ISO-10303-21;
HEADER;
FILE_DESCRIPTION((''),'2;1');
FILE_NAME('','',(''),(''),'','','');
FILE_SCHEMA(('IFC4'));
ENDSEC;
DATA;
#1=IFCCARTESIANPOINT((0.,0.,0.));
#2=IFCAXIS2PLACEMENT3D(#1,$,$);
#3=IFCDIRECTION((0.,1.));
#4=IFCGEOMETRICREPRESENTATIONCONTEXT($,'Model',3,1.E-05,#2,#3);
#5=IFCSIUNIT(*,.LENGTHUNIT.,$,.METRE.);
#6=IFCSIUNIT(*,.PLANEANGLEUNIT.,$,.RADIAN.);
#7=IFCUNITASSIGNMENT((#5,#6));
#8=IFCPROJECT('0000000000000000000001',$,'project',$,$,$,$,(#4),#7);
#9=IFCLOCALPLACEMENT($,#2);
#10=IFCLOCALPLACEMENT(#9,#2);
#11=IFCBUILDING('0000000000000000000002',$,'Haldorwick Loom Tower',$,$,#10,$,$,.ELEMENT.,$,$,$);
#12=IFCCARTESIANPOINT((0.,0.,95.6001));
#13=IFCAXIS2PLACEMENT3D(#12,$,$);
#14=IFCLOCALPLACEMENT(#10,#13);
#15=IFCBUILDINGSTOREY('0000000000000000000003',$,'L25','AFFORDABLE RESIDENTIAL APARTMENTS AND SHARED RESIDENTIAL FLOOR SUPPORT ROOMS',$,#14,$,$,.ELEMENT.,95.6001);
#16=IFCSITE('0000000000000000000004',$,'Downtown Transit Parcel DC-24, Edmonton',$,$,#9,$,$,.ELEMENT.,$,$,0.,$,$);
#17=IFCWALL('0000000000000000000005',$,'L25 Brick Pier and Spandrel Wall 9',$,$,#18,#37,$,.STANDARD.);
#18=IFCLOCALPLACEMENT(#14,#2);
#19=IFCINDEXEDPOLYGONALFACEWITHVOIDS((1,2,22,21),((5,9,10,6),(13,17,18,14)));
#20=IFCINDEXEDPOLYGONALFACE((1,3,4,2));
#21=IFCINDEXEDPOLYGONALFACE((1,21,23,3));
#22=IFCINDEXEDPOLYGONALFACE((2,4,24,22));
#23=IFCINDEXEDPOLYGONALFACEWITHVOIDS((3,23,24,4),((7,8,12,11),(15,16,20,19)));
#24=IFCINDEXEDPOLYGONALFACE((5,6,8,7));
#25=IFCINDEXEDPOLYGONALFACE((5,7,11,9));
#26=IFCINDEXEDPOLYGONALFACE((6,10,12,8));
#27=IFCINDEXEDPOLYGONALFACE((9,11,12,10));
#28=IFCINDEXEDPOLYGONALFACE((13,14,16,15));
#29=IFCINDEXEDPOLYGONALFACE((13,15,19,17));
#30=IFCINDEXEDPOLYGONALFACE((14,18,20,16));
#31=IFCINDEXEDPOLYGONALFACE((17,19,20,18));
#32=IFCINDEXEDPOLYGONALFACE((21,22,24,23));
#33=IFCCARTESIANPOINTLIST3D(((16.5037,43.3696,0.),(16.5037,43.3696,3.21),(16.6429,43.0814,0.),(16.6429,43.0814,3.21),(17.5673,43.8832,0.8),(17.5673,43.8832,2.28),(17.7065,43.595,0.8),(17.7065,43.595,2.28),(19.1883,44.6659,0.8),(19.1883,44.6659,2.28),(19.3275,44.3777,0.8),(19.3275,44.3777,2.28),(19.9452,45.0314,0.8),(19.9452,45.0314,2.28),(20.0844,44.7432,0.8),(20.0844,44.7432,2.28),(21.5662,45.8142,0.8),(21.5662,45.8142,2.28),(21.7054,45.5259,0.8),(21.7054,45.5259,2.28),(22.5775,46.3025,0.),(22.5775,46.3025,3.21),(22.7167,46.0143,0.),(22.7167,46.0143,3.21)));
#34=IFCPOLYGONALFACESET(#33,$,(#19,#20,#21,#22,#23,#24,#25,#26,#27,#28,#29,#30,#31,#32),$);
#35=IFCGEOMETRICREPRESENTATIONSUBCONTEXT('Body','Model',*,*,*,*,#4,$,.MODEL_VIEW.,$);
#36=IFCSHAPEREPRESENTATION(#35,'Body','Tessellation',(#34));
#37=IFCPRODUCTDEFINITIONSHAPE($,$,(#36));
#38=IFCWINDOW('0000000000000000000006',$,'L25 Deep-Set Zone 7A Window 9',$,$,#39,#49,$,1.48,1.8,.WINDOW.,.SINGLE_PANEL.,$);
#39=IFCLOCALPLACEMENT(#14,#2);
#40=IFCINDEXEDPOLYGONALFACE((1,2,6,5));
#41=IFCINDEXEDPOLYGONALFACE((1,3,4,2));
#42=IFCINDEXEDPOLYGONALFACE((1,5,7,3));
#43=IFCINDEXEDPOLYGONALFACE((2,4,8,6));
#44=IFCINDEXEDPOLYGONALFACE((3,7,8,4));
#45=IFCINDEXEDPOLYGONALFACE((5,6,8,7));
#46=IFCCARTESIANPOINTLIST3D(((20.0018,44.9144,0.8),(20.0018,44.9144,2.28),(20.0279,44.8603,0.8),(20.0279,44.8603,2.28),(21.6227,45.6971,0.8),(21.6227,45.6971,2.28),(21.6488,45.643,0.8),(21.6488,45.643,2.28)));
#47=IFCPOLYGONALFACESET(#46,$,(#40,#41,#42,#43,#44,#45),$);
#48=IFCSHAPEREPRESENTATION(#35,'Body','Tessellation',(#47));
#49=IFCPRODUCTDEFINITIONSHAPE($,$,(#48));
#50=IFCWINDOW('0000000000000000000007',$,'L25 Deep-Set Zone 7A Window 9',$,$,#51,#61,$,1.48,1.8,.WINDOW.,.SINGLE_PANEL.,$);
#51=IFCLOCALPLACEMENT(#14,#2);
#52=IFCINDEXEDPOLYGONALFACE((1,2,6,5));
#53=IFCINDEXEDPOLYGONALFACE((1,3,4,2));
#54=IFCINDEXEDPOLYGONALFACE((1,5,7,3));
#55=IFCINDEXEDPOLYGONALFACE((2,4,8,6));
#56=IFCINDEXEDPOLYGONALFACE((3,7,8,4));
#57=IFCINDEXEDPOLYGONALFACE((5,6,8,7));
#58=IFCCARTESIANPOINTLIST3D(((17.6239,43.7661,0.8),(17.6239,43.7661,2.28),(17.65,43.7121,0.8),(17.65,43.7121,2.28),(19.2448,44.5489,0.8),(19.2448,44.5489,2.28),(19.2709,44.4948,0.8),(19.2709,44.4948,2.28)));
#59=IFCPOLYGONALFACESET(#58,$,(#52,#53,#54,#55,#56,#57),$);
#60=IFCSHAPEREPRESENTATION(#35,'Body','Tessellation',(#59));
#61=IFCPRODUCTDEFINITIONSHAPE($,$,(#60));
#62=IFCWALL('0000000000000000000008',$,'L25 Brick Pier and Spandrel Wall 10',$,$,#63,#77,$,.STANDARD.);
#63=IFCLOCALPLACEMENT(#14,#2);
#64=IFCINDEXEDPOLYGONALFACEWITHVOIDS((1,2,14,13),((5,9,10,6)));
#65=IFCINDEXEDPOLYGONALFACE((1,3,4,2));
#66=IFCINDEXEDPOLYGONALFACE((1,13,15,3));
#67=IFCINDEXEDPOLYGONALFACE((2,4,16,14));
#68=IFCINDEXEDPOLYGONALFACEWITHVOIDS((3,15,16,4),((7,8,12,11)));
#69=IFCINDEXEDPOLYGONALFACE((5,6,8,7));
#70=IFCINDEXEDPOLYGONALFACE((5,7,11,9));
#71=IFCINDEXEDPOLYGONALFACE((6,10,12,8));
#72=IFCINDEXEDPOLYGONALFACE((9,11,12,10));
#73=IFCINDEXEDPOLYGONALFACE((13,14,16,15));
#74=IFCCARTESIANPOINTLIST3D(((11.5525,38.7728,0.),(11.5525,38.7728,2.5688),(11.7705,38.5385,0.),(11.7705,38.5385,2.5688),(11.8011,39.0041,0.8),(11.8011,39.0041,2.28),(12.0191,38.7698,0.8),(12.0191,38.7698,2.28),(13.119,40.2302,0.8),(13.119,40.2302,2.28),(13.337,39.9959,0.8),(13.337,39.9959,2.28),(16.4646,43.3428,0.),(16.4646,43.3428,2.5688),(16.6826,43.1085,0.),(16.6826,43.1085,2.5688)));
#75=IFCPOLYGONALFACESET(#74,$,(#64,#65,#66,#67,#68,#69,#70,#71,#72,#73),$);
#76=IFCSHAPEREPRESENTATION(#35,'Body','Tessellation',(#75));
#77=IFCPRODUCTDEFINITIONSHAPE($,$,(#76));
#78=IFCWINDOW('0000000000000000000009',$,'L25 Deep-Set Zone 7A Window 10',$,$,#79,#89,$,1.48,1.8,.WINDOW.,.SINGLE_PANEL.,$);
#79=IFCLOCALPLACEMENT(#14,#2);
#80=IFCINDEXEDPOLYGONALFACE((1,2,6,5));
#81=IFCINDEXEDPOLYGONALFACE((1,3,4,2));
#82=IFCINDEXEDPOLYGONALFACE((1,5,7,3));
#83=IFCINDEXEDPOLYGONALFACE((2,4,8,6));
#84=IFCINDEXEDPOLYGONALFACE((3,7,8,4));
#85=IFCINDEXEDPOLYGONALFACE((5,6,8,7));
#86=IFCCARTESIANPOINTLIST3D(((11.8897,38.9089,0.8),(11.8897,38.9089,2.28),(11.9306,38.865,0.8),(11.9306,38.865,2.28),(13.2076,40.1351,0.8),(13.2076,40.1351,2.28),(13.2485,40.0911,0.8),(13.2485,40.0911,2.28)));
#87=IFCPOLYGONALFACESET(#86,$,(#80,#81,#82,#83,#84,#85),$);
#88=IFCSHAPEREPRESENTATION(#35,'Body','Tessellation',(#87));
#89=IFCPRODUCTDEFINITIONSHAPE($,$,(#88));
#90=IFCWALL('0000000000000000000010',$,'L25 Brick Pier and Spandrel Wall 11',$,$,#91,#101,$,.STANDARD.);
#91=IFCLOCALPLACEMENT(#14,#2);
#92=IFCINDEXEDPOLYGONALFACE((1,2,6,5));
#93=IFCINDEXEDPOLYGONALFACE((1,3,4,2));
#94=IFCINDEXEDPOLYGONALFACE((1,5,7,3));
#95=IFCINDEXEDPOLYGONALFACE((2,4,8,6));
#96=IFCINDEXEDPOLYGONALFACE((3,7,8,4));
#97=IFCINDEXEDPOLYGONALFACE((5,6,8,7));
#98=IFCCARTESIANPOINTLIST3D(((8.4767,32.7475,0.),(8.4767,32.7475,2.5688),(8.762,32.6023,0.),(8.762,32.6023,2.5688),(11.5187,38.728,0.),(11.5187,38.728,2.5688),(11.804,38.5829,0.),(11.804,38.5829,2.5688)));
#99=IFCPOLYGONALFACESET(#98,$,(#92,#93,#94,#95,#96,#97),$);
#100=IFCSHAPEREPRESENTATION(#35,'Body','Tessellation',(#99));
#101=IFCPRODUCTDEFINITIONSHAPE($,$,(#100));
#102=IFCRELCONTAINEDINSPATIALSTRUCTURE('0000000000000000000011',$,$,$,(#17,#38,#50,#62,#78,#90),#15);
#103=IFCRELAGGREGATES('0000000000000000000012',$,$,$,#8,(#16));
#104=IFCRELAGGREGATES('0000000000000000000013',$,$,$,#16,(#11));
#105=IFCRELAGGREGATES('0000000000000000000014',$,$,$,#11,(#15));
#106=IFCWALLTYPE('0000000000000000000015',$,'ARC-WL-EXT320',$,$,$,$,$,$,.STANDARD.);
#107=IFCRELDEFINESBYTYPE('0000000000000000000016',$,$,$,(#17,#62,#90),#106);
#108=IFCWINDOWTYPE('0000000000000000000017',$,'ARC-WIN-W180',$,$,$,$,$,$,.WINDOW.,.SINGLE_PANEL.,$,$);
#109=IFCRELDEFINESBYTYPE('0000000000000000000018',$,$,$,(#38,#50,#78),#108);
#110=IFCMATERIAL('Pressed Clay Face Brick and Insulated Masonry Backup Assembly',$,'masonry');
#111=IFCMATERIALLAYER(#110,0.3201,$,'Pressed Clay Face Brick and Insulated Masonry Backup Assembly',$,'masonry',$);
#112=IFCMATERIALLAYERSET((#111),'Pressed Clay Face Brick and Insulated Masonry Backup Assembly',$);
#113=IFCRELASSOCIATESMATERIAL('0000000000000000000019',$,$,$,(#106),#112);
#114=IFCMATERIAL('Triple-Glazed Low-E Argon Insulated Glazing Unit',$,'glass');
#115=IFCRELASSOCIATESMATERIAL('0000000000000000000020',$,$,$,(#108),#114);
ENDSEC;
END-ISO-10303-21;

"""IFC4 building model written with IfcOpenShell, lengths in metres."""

from ifc_helpers import new_model, si_unit, direction, frame, frame_2d, origin, place, context, subcontext, project, spatial, rectangle, extrude, material, layer, layer_set, type_object, element, fill, save


model = new_model("IFC4")

# Units and contexts
model_context = context("Model", 3, precision=1e-05, world=origin(), true_north=direction((0.0, 1.0)))
body_context = subcontext(model_context, "Body", "Model", "MODEL_VIEW")
ifc_project = project(units=[si_unit("LENGTHUNIT", "METRE"), si_unit("PLANEANGLEUNIT", "RADIAN")], contexts=[model_context])

# Site, building, storey
site_placement = place(None, origin())
site = spatial("IfcSite", under=ifc_project, at=site_placement, Name="Downtown Transit Parcel DC-24, Edmonton", CompositionType="ELEMENT", RefElevation=0.0)
building_placement = place(site_placement, origin())
building = spatial("IfcBuilding", under=site, at=building_placement, Name="Haldorwick Loom Tower", CompositionType="ELEMENT")
storey_placement = place(building_placement, frame((0.0, 0.0, 95.6001)))
storey = spatial("IfcBuildingStorey", under=building, at=storey_placement, Name="L25", Description="AFFORDABLE RESIDENTIAL APARTMENTS AND SHARED RESIDENTIAL FLOOR SUPPORT ROOMS", CompositionType="ELEMENT", Elevation=95.6001)

# Wall, openings, windows
ifc_material_1 = material(Name="Pressed Clay Face Brick and Insulated Masonry Backup Assembly", Category="masonry")
ifc_layer_1 = layer(ifc_material_1, 0.3201, Name="Pressed Clay Face Brick and Insulated Masonry Backup Assembly", Category="masonry")
ifc_layer_set_1 = layer_set([ifc_layer_1], Name="Pressed Clay Face Brick and Insulated Masonry Backup Assembly")
wall_type_1 = type_object("IfcWallType", Name="ARC-WL-EXT320", PredefinedType="STANDARD", material=ifc_layer_set_1)
wall_1_placement = place(storey_placement, frame((22.6472, 46.1584, 0.0), z_axis=(0.0, 0.0, 1.0), x_axis=(-0.90051, -0.434835, 0.0)))
wall_1 = element("IfcWall", 1, at=wall_1_placement, inside=storey, type_object=wall_type_1, Name="L25 Brick Pier and Spandrel Wall 9", PredefinedType="STANDARD", context=body_context, shape_type="SweptSolid", body=[
    extrude(rectangle(XDim=6.7449, YDim=0.3201, at=frame_2d((3.3726, 0.0))), origin(), (0.0, 0.0, 1.0), 3.21),
])
opening_1_placement = place(wall_1_placement, frame((1.1233, 0.0, 0.8)))
opening_1 = element("IfcOpeningElement", 2, at=opening_1_placement, cuts=wall_1, PredefinedType="OPENING", context=body_context, shape_type="SweptSolid", body=[
    extrude(rectangle(XDim=1.8, YDim=1.48, at=frame_2d((0.8999, 0.74))), frame((0.0, 0.1699, 0.0), z_axis=(0.0, -1.0, 0.0), x_axis=(1.0, 0.0, 0.0)), (0.0, 0.0, 1.0), 0.3401),
])
opening_2_placement = place(wall_1_placement, frame((3.7639, 0.0, 0.8)))
opening_2 = element("IfcOpeningElement", 3, at=opening_2_placement, cuts=wall_1, PredefinedType="OPENING", context=body_context, shape_type="SweptSolid", body=[
    extrude(rectangle(XDim=1.8, YDim=1.48, at=frame_2d((0.8999, 0.74))), frame((0.0, 0.1699, 0.0), z_axis=(0.0, -1.0, 0.0), x_axis=(1.0, 0.0, 0.0)), (0.0, 0.0, 1.0), 0.3401),
])
ifc_material_2 = material(Name="Triple-Glazed Low-E Argon Insulated Glazing Unit", Category="glass")
window_type = type_object("IfcWindowType", Name="ARC-WIN-W180", PartitioningType="SINGLE_PANEL", PredefinedType="WINDOW", material=ifc_material_2)
window_1_placement = place(opening_1_placement, origin())
window_1 = element("IfcWindow", 4, at=window_1_placement, inside=storey, type_object=window_type, Name="L25 Deep-Set Zone 7A Window 9", OverallHeight=1.48, OverallWidth=1.8, PartitioningType="SINGLE_PANEL", PredefinedType="WINDOW", context=body_context, shape_type="SweptSolid", body=[
    extrude(rectangle(XDim=1.8, YDim=1.48, at=frame_2d((0.8999, 0.74))), frame((0.0, 0.03, 0.0), z_axis=(0.0, -1.0, 0.0), x_axis=(1.0, 0.0, 0.0)), (0.0, 0.0, 1.0), 0.0601),
])
fill(opening_1, window_1)
window_2_placement = place(opening_2_placement, origin())
window_2 = element("IfcWindow", 5, at=window_2_placement, inside=storey, type_object=window_type, Name="L25 Deep-Set Zone 7A Window 9", OverallHeight=1.48, OverallWidth=1.8, PartitioningType="SINGLE_PANEL", PredefinedType="WINDOW", context=body_context, shape_type="SweptSolid", body=[
    extrude(rectangle(XDim=1.8, YDim=1.48, at=frame_2d((0.8999, 0.74))), frame((0.0, 0.03, 0.0), z_axis=(0.0, -1.0, 0.0), x_axis=(1.0, 0.0, 0.0)), (0.0, 0.0, 1.0), 0.0601),
])
fill(opening_2, window_2)

# Wall, opening, window
wall_2_placement = place(storey_placement, frame((16.5735, 43.2256, 0.0), z_axis=(0.0, 0.0, 1.0), x_axis=(-0.732137, -0.681157, 0.0)))
wall_2 = element("IfcWall", 6, at=wall_2_placement, inside=storey, type_object=wall_type_1, Name="L25 Brick Pier and Spandrel Wall 10", PredefinedType="STANDARD", context=body_context, shape_type="SweptSolid", body=[
    extrude(rectangle(XDim=6.7092, YDim=0.3201, at=frame_2d((3.3545, 0.0))), origin(), (0.0, 0.0, 1.0), 2.5688),
])
opening_3_placement = place(wall_2_placement, frame((4.5696, 0.0, 0.8)))
opening_3 = element("IfcOpeningElement", 7, at=opening_3_placement, cuts=wall_2, PredefinedType="OPENING", context=body_context, shape_type="SweptSolid", body=[
    extrude(rectangle(XDim=1.8, YDim=1.48, at=frame_2d((0.8999, 0.74))), frame((0.0, 0.1699, 0.0), z_axis=(0.0, -1.0, 0.0), x_axis=(1.0, 0.0, 0.0)), (0.0, 0.0, 1.0), 0.3401),
])
window_3_placement = place(opening_3_placement, origin())
window_3 = element("IfcWindow", 8, at=window_3_placement, inside=storey, type_object=window_type, Name="L25 Deep-Set Zone 7A Window 10", OverallHeight=1.48, OverallWidth=1.8, PartitioningType="SINGLE_PANEL", PredefinedType="WINDOW", context=body_context, shape_type="SweptSolid", body=[
    extrude(rectangle(XDim=1.8, YDim=1.48, at=frame_2d((0.8999, 0.74))), frame((0.0, 0.03, 0.0), z_axis=(0.0, -1.0, 0.0), x_axis=(1.0, 0.0, 0.0)), (0.0, 0.0, 1.0), 0.0601),
])
fill(opening_3, window_3)

# Wall
wall_3_placement = place(storey_placement, frame((11.6614, 38.6555, 0.0), z_axis=(0.0, 0.0, 1.0), x_axis=(-0.453374, -0.89132, 0.0)))
element("IfcWall", 9, at=wall_3_placement, inside=storey, type_object=wall_type_1, Name="L25 Brick Pier and Spandrel Wall 11", PredefinedType="STANDARD", context=body_context, shape_type="SweptSolid", body=[
    extrude(rectangle(XDim=6.7097, YDim=0.3201, at=frame_2d((3.355, 0.0))), origin(), (0.0, 0.0, 1.0), 2.5688),
])

save(model, "model.ifc")
